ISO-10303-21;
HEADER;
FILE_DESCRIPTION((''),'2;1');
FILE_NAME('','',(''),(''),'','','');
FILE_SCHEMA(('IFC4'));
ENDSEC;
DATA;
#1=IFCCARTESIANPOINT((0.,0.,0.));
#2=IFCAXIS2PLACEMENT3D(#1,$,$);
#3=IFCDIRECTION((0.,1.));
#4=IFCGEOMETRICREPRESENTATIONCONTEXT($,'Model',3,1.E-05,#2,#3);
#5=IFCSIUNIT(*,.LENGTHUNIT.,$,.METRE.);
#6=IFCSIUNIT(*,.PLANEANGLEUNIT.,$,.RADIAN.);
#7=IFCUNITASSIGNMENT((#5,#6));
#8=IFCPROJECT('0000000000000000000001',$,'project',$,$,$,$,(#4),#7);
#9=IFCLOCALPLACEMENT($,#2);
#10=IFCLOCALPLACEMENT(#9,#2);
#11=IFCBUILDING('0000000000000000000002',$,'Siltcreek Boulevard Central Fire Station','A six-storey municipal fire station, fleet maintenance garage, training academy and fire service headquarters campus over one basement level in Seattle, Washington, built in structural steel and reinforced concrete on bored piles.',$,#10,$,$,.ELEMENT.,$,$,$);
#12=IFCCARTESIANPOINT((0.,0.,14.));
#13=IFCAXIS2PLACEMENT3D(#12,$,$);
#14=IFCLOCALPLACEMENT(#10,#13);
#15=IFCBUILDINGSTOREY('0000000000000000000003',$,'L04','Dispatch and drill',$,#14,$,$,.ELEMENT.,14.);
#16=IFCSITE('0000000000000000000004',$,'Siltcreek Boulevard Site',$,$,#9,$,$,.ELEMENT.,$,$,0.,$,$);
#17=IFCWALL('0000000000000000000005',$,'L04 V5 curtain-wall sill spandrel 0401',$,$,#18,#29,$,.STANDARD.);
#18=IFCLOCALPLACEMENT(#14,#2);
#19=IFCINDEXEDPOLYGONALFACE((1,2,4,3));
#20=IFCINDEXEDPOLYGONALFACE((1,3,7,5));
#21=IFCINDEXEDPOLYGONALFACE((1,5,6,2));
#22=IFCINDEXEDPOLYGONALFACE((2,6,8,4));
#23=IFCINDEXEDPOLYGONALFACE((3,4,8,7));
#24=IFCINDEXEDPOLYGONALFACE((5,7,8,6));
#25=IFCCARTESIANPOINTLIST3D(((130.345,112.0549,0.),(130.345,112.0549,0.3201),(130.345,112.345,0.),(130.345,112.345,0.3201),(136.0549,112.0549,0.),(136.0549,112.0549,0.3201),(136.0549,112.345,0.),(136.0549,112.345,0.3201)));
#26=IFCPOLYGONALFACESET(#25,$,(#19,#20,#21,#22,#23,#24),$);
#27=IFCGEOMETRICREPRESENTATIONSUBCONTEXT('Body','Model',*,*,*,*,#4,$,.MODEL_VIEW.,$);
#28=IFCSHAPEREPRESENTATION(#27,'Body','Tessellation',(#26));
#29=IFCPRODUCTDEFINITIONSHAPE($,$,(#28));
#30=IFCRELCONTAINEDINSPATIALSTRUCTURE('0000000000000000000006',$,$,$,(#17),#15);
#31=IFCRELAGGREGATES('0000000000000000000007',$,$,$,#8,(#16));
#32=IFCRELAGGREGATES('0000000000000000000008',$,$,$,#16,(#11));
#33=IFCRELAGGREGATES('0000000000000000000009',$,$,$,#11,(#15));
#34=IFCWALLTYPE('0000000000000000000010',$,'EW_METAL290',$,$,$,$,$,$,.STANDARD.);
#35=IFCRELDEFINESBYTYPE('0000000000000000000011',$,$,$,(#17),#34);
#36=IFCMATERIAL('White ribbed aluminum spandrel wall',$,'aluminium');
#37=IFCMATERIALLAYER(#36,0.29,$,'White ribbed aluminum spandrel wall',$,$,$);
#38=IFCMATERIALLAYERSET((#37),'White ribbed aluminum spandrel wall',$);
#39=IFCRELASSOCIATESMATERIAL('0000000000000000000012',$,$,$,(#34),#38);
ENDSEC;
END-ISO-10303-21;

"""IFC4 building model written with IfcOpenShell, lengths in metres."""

from ifc_helpers import new_model, si_unit, direction, frame, frame_2d, origin, place, context, subcontext, project, spatial, rectangle, extrude, material, layer, layer_set, type_object, element, save


model = new_model("IFC4")

# Units and contexts
model_context = context("Model", 3, precision=1e-05, world=origin(), true_north=direction((0.0, 1.0)))
body_context = subcontext(model_context, "Body", "Model", "MODEL_VIEW")
ifc_project = project(units=[si_unit("LENGTHUNIT", "METRE"), si_unit("PLANEANGLEUNIT", "RADIAN")], contexts=[model_context])

# Site, building, storey
site_placement = place(None, origin())
site = spatial("IfcSite", under=ifc_project, at=site_placement, Name="Siltcreek Boulevard Site", CompositionType="ELEMENT", RefElevation=0.0)
building_placement = place(site_placement, origin())
building = spatial("IfcBuilding", under=site, at=building_placement, Name="Siltcreek Boulevard Central Fire Station", Description="A six-storey municipal fire station, fleet maintenance garage, training academy and fire service headquarters campus over one basement level in Seattle, Washington, built in structural steel and reinforced concrete on bored piles.", CompositionType="ELEMENT")
storey_placement = place(building_placement, frame((0.0, 0.0, 14.0)))
storey = spatial("IfcBuildingStorey", under=building, at=storey_placement, Name="L04", Description="Dispatch and drill", CompositionType="ELEMENT", Elevation=14.0)

# Wall
ifc_material_1 = material(Name="White ribbed aluminum spandrel wall", Category="aluminium")
ifc_layer_1 = layer(ifc_material_1, 0.29, Name="White ribbed aluminum spandrel wall")
ifc_layer_set_1 = layer_set([ifc_layer_1], Name="White ribbed aluminum spandrel wall")
wall_type = type_object("IfcWallType", Name="EW_METAL290", PredefinedType="STANDARD", material=ifc_layer_set_1)
wall_placement = place(storey_placement, frame((136.0549, 112.2, 0.0), z_axis=(0.0, 0.0, 1.0), x_axis=(-1.0, 0.0, 0.0)))
element("IfcWall", 1, at=wall_placement, inside=storey, type_object=wall_type, Name="L04 V5 curtain-wall sill spandrel 0401", PredefinedType="STANDARD", context=body_context, shape_type="SweptSolid", body=[
    extrude(rectangle(XDim=5.71, YDim=0.29, at=frame_2d((2.855, 0.0))), origin(), (0.0, 0.0, 1.0), 0.3201),
])

save(model, "model.ifc")
